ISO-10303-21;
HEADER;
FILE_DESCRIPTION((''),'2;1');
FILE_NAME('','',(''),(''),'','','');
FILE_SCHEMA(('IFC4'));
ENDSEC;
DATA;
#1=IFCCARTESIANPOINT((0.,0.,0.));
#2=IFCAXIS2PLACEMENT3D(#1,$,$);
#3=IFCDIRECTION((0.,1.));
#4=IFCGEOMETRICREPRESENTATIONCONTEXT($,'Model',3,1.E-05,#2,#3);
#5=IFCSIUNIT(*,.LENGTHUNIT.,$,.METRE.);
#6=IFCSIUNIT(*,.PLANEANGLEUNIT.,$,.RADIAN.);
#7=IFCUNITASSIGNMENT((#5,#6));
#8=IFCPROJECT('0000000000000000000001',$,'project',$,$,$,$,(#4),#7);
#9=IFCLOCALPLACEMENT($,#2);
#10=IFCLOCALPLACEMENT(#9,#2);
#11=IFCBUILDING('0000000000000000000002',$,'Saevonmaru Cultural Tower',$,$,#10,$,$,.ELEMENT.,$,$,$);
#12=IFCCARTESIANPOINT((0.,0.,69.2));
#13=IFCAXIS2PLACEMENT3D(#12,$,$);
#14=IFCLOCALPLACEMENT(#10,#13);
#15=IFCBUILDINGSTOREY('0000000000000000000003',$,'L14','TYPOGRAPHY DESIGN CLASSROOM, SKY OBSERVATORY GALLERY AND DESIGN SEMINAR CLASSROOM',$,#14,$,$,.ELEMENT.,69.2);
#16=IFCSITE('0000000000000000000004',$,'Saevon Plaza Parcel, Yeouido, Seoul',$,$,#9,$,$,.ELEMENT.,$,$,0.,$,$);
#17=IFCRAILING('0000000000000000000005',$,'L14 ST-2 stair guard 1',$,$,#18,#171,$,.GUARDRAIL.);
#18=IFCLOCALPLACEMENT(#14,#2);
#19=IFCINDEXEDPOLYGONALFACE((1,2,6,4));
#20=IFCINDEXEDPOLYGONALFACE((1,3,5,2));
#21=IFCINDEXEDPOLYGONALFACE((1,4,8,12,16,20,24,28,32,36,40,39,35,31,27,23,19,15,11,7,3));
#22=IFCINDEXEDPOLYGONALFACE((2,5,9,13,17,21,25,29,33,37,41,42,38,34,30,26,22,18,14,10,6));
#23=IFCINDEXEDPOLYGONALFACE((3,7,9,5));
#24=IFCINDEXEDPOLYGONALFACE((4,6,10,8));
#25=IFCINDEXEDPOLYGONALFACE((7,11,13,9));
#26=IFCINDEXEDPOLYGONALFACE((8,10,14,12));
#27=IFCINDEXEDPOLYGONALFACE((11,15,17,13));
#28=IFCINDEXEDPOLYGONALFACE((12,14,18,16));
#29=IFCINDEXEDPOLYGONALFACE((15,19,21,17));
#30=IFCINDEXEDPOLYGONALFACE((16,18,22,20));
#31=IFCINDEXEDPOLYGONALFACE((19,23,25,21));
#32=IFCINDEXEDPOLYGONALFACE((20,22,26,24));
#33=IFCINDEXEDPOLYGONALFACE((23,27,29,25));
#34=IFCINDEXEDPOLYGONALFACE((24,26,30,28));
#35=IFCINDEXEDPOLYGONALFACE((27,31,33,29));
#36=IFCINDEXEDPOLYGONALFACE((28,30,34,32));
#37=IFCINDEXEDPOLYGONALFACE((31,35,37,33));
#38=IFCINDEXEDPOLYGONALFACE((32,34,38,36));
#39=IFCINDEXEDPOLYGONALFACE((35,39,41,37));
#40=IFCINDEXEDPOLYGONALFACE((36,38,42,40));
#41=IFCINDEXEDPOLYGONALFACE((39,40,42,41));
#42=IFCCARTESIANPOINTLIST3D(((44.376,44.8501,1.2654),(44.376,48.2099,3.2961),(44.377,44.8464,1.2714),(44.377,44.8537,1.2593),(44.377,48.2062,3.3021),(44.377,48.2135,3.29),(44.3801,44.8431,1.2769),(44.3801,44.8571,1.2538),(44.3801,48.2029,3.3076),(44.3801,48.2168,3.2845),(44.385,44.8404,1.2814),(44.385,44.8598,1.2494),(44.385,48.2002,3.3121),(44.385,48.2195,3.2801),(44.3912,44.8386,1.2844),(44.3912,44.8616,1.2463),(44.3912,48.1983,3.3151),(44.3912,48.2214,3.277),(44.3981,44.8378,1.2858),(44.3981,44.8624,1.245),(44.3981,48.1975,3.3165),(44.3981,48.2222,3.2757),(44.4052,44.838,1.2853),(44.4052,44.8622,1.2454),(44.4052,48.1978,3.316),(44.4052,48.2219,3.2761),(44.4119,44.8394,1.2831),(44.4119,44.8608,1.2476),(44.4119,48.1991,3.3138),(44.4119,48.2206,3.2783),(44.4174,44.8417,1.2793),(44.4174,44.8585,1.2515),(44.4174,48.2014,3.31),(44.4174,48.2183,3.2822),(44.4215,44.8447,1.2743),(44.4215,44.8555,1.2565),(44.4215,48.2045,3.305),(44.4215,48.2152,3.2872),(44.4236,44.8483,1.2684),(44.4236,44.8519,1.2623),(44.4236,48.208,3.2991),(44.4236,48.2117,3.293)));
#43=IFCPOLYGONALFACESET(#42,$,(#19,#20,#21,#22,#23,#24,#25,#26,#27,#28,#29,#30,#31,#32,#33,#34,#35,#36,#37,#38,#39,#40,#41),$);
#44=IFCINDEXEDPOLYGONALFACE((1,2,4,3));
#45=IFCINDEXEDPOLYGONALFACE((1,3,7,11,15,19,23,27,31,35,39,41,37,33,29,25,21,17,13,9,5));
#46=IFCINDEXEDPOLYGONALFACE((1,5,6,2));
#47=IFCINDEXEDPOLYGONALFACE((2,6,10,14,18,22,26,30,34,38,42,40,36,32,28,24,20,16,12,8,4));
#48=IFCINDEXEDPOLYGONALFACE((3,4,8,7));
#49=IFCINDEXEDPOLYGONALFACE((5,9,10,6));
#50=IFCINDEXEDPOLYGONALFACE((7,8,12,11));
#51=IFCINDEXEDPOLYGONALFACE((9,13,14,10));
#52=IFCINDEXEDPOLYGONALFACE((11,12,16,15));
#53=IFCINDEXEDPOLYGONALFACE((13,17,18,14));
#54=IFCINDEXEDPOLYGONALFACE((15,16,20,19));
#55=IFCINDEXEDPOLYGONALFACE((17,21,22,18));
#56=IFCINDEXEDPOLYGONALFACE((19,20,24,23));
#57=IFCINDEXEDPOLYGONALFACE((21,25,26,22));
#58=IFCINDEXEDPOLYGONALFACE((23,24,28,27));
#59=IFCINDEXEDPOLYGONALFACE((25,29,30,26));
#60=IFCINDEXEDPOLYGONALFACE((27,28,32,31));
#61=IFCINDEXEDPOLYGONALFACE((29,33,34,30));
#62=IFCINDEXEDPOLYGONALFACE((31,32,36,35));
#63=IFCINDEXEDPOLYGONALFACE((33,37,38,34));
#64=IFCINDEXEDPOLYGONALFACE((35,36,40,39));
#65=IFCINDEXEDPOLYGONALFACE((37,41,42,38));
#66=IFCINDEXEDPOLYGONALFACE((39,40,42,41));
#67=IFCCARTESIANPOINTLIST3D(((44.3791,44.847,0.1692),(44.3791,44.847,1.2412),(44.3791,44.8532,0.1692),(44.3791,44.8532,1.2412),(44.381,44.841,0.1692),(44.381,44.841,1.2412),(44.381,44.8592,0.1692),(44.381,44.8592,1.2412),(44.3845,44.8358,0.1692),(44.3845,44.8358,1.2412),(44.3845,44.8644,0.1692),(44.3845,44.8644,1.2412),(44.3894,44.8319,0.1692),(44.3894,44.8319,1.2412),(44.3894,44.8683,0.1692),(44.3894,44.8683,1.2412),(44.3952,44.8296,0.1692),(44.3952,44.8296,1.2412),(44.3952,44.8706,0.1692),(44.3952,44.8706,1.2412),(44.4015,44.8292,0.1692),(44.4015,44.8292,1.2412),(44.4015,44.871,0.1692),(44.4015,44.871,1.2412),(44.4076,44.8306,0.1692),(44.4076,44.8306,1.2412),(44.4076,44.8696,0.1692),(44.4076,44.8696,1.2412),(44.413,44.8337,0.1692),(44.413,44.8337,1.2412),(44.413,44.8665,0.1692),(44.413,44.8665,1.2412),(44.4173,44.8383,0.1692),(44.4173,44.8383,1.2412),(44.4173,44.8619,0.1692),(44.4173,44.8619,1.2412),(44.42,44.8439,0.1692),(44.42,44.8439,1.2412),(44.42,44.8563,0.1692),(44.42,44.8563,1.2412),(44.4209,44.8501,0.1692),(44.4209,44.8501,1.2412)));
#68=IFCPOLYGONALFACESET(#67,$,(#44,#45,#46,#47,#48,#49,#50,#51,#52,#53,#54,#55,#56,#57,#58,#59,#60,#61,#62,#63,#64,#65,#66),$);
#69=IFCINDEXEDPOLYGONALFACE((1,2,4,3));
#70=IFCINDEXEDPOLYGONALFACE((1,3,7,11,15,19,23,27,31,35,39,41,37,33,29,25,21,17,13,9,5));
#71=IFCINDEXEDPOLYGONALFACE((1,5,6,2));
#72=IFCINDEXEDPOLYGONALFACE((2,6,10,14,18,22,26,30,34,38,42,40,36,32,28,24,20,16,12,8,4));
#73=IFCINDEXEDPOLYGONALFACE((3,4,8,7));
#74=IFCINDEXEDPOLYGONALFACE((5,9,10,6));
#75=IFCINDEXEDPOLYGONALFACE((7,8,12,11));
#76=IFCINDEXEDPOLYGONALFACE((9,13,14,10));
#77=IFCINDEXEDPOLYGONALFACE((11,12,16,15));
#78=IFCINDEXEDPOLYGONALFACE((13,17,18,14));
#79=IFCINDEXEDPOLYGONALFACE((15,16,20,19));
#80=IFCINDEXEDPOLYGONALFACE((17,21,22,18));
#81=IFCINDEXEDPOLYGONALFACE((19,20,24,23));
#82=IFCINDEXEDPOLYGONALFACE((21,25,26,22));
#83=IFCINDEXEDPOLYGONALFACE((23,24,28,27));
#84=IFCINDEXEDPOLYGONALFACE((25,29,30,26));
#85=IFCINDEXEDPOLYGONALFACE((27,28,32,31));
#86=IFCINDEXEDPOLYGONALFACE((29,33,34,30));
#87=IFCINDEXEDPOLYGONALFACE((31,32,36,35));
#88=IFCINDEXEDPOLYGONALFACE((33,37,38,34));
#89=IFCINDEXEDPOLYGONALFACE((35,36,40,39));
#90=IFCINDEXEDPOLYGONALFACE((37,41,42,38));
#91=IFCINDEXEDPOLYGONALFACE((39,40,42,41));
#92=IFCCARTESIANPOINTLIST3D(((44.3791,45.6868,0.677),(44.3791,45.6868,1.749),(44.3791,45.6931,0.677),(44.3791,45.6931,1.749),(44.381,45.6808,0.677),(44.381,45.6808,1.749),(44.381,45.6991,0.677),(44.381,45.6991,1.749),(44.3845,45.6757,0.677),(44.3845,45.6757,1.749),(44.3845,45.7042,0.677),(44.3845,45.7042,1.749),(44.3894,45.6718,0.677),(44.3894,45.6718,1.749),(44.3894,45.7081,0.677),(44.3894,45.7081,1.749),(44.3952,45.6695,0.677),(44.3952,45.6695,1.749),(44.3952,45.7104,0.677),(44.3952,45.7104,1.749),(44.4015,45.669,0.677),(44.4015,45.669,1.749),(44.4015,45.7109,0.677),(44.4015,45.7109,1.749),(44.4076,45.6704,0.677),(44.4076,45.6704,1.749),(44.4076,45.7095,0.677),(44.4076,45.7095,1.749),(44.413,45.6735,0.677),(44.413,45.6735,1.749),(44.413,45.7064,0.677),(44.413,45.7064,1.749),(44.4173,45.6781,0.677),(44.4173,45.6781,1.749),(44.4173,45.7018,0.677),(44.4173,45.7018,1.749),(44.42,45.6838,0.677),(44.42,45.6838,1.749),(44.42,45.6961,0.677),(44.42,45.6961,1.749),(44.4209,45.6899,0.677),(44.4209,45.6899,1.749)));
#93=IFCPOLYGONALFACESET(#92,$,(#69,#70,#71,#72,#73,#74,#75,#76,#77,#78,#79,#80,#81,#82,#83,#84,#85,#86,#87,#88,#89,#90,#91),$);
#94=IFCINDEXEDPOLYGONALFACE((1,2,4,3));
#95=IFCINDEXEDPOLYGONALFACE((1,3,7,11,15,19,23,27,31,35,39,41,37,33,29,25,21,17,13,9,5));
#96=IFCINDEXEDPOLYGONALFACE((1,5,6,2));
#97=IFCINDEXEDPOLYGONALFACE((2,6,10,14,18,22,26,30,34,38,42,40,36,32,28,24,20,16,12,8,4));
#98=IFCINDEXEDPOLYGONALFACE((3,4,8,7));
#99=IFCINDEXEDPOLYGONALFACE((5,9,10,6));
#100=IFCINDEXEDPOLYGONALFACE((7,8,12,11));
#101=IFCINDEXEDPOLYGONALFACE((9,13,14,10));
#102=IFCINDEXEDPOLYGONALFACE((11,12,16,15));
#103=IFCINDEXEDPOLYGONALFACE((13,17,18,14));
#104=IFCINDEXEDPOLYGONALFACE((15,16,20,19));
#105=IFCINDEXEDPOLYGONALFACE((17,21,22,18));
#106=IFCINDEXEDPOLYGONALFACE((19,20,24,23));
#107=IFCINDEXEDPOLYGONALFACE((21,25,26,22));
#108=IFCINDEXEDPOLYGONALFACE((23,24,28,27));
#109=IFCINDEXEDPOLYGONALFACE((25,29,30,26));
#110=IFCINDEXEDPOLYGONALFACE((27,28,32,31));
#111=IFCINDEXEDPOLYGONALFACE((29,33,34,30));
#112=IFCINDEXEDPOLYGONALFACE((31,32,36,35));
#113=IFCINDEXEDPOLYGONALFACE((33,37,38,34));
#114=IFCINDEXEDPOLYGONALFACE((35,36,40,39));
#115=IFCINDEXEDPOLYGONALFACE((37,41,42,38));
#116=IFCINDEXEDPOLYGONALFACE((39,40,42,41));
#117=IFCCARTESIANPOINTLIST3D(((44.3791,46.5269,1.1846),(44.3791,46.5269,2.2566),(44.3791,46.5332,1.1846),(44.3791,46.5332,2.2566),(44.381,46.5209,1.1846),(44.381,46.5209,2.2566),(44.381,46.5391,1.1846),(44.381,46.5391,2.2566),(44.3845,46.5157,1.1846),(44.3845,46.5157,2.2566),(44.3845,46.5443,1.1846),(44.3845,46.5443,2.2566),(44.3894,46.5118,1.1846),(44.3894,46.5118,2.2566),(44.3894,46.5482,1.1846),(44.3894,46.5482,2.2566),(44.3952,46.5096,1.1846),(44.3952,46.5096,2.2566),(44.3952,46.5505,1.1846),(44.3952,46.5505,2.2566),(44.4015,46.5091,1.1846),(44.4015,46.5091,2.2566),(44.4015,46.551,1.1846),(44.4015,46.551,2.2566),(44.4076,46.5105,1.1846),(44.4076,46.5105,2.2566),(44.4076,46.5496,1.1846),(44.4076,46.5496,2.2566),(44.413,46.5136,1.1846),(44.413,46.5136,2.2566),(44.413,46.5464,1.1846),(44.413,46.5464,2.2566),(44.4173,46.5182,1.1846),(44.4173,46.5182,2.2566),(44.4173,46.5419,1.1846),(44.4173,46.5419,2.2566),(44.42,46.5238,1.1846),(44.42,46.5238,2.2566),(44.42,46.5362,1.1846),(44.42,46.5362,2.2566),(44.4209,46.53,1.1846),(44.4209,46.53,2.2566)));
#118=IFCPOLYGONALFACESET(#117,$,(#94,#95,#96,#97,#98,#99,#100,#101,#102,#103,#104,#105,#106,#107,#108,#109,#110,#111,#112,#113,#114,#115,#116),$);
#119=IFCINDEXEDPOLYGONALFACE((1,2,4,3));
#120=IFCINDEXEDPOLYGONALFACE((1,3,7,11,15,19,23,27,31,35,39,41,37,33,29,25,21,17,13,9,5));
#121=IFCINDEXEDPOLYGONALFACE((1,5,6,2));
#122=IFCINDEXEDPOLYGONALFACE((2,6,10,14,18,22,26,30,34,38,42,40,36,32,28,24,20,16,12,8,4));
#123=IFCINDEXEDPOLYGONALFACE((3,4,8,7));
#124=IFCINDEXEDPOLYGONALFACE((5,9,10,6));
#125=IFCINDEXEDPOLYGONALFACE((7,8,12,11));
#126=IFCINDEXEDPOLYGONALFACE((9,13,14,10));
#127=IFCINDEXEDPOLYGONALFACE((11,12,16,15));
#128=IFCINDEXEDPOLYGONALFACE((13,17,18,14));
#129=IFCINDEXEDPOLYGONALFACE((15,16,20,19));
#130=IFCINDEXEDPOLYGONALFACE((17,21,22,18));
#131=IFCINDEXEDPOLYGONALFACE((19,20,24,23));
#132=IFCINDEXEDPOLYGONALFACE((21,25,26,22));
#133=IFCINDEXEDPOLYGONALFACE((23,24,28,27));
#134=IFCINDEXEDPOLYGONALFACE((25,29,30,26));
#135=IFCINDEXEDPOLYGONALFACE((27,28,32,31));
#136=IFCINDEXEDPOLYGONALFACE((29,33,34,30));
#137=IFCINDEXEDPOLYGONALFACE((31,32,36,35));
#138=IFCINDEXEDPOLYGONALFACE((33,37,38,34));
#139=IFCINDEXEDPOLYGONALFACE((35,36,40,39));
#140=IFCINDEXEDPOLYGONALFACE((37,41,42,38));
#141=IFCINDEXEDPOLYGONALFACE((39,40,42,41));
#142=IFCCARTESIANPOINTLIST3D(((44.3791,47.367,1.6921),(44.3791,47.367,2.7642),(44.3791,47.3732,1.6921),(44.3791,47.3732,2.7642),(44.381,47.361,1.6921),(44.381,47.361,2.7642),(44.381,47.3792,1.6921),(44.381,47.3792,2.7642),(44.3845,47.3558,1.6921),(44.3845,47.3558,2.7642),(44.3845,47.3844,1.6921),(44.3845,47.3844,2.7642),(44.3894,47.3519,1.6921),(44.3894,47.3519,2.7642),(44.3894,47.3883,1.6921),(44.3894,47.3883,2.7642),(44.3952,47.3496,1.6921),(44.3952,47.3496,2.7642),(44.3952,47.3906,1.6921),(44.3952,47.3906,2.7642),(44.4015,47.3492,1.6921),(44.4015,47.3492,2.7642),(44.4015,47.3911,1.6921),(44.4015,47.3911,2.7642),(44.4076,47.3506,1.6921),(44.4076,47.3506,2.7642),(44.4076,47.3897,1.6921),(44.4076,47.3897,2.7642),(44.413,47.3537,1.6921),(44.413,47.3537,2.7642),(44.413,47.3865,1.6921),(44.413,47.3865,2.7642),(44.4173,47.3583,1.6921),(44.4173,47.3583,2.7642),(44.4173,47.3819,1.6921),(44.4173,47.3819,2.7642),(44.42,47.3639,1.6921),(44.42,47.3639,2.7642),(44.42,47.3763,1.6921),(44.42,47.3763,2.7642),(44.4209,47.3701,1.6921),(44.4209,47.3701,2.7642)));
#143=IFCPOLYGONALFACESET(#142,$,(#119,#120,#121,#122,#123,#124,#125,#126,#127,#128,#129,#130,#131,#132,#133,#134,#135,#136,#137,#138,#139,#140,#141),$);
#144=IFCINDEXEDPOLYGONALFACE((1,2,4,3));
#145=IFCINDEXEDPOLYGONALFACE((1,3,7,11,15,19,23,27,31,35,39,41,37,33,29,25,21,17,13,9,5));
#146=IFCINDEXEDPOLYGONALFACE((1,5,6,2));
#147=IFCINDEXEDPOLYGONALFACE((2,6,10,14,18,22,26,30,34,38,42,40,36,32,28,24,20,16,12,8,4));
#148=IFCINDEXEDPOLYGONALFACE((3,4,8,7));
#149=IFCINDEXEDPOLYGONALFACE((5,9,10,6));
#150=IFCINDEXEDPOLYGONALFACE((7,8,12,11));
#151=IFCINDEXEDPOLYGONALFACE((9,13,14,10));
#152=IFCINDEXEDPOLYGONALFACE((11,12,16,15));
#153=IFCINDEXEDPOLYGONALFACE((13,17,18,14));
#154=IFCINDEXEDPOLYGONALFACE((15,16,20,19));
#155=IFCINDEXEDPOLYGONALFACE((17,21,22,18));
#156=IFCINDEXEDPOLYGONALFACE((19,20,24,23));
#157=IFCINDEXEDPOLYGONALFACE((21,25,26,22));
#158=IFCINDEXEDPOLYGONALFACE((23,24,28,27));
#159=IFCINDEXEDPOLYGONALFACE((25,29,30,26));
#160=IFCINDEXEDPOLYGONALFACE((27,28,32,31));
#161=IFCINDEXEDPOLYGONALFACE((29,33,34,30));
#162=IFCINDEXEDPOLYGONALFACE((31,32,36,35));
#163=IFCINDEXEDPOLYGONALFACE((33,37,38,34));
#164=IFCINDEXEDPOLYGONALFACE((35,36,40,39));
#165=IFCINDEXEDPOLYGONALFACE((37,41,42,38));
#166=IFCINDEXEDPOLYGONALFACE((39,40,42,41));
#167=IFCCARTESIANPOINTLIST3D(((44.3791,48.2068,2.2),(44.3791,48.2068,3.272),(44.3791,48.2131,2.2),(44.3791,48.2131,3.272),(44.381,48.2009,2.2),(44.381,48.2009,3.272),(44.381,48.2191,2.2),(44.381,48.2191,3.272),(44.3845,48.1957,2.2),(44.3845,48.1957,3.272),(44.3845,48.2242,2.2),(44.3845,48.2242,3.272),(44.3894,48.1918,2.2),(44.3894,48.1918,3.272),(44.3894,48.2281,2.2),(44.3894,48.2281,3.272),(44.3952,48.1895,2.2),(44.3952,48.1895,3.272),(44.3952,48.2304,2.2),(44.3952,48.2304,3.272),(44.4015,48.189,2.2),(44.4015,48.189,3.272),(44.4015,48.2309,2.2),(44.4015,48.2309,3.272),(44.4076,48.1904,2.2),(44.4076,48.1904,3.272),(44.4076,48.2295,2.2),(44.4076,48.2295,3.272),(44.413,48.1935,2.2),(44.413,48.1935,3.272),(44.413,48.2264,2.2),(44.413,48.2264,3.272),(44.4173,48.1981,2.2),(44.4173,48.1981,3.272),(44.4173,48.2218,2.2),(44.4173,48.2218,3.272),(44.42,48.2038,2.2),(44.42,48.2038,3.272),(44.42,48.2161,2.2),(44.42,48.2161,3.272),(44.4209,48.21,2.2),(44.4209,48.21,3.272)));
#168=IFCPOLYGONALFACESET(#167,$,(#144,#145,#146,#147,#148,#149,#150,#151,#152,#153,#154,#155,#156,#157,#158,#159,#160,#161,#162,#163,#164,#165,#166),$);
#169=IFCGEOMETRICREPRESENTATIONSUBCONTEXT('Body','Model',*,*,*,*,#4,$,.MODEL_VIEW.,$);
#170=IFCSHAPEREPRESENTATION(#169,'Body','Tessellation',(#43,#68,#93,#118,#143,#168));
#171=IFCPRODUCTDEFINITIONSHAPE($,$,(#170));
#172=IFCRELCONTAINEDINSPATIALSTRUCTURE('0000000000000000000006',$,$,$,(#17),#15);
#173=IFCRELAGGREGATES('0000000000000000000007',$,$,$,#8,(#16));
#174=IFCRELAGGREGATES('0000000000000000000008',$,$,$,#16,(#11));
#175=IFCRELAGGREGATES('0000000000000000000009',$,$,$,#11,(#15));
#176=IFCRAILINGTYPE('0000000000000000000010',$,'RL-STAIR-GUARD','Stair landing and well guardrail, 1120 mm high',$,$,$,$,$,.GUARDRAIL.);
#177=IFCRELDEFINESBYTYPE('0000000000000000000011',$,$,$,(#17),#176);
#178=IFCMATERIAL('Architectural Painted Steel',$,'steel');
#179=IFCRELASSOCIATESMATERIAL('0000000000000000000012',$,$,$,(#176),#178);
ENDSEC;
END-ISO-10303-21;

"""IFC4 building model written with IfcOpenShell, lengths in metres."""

from ifc_helpers import new_model, si_unit, direction, frame, origin, origin_2d, place, context, subcontext, project, spatial, circle, extrude, material, type_object, element, save


model = new_model("IFC4")

# Units and contexts
model_context = context("Model", 3, precision=1e-05, world=origin(), true_north=direction((0.0, 1.0)))
body_context = subcontext(model_context, "Body", "Model", "MODEL_VIEW")
ifc_project = project(units=[si_unit("LENGTHUNIT", "METRE"), si_unit("PLANEANGLEUNIT", "RADIAN")], contexts=[model_context])

# Site, building, storey
site_placement = place(None, origin())
site = spatial("IfcSite", under=ifc_project, at=site_placement, Name="Saevon Plaza Parcel, Yeouido, Seoul", CompositionType="ELEMENT", RefElevation=0.0)
building_placement = place(site_placement, origin())
building = spatial("IfcBuilding", under=site, at=building_placement, Name="Saevonmaru Cultural Tower", CompositionType="ELEMENT")
storey_placement = place(building_placement, frame((0.0, 0.0, 69.2)))
storey = spatial("IfcBuildingStorey", under=building, at=storey_placement, Name="L14", Description="TYPOGRAPHY DESIGN CLASSROOM, SKY OBSERVATORY GALLERY AND DESIGN SEMINAR CLASSROOM", CompositionType="ELEMENT", Elevation=69.2)

# Railing
ifc_material_1 = material(Name="Architectural Painted Steel", Category="steel")
railing_type_1 = type_object("IfcRailingType", Name="RL-STAIR-GUARD", Description="Stair landing and well guardrail, 1120 mm high", PredefinedType="GUARDRAIL", material=ifc_material_1)
railing_1_placement = place(storey_placement, frame((44.3999, 44.8501, 0.1692)))
element("IfcRailing", 1, at=railing_1_placement, inside=storey, type_object=railing_type_1, Name="L14 ST-2 stair guard 1", PredefinedType="GUARDRAIL", context=body_context, shape_type="SweptSolid", body=[
    extrude(circle(Radius=0.0239, at=origin_2d()), frame((0.0, 0.0, 1.0962), z_axis=(0.0, 0.85582, 0.517273), x_axis=(-1.0, 0.0, 0.0)), (0.0, 0.0, 1.0), 3.9258),
    extrude(circle(Radius=0.021, at=origin_2d()), origin(), (0.0, 0.0, 1.0), 1.072),
    extrude(circle(Radius=0.021, at=origin_2d()), frame((0.0, 0.8398, 0.5078)), (0.0, 0.0, 1.0), 1.072),
    extrude(circle(Radius=0.021, at=origin_2d()), frame((0.0, 1.6799, 1.0154)), (0.0, 0.0, 1.0), 1.072),
    extrude(circle(Radius=0.021, at=origin_2d()), frame((0.0, 2.52, 1.5229)), (0.0, 0.0, 1.0), 1.072),
    extrude(circle(Radius=0.021, at=origin_2d()), frame((0.0, 3.3599, 2.0308)), (0.0, 0.0, 1.0), 1.072),
])

save(model, "model.ifc")
